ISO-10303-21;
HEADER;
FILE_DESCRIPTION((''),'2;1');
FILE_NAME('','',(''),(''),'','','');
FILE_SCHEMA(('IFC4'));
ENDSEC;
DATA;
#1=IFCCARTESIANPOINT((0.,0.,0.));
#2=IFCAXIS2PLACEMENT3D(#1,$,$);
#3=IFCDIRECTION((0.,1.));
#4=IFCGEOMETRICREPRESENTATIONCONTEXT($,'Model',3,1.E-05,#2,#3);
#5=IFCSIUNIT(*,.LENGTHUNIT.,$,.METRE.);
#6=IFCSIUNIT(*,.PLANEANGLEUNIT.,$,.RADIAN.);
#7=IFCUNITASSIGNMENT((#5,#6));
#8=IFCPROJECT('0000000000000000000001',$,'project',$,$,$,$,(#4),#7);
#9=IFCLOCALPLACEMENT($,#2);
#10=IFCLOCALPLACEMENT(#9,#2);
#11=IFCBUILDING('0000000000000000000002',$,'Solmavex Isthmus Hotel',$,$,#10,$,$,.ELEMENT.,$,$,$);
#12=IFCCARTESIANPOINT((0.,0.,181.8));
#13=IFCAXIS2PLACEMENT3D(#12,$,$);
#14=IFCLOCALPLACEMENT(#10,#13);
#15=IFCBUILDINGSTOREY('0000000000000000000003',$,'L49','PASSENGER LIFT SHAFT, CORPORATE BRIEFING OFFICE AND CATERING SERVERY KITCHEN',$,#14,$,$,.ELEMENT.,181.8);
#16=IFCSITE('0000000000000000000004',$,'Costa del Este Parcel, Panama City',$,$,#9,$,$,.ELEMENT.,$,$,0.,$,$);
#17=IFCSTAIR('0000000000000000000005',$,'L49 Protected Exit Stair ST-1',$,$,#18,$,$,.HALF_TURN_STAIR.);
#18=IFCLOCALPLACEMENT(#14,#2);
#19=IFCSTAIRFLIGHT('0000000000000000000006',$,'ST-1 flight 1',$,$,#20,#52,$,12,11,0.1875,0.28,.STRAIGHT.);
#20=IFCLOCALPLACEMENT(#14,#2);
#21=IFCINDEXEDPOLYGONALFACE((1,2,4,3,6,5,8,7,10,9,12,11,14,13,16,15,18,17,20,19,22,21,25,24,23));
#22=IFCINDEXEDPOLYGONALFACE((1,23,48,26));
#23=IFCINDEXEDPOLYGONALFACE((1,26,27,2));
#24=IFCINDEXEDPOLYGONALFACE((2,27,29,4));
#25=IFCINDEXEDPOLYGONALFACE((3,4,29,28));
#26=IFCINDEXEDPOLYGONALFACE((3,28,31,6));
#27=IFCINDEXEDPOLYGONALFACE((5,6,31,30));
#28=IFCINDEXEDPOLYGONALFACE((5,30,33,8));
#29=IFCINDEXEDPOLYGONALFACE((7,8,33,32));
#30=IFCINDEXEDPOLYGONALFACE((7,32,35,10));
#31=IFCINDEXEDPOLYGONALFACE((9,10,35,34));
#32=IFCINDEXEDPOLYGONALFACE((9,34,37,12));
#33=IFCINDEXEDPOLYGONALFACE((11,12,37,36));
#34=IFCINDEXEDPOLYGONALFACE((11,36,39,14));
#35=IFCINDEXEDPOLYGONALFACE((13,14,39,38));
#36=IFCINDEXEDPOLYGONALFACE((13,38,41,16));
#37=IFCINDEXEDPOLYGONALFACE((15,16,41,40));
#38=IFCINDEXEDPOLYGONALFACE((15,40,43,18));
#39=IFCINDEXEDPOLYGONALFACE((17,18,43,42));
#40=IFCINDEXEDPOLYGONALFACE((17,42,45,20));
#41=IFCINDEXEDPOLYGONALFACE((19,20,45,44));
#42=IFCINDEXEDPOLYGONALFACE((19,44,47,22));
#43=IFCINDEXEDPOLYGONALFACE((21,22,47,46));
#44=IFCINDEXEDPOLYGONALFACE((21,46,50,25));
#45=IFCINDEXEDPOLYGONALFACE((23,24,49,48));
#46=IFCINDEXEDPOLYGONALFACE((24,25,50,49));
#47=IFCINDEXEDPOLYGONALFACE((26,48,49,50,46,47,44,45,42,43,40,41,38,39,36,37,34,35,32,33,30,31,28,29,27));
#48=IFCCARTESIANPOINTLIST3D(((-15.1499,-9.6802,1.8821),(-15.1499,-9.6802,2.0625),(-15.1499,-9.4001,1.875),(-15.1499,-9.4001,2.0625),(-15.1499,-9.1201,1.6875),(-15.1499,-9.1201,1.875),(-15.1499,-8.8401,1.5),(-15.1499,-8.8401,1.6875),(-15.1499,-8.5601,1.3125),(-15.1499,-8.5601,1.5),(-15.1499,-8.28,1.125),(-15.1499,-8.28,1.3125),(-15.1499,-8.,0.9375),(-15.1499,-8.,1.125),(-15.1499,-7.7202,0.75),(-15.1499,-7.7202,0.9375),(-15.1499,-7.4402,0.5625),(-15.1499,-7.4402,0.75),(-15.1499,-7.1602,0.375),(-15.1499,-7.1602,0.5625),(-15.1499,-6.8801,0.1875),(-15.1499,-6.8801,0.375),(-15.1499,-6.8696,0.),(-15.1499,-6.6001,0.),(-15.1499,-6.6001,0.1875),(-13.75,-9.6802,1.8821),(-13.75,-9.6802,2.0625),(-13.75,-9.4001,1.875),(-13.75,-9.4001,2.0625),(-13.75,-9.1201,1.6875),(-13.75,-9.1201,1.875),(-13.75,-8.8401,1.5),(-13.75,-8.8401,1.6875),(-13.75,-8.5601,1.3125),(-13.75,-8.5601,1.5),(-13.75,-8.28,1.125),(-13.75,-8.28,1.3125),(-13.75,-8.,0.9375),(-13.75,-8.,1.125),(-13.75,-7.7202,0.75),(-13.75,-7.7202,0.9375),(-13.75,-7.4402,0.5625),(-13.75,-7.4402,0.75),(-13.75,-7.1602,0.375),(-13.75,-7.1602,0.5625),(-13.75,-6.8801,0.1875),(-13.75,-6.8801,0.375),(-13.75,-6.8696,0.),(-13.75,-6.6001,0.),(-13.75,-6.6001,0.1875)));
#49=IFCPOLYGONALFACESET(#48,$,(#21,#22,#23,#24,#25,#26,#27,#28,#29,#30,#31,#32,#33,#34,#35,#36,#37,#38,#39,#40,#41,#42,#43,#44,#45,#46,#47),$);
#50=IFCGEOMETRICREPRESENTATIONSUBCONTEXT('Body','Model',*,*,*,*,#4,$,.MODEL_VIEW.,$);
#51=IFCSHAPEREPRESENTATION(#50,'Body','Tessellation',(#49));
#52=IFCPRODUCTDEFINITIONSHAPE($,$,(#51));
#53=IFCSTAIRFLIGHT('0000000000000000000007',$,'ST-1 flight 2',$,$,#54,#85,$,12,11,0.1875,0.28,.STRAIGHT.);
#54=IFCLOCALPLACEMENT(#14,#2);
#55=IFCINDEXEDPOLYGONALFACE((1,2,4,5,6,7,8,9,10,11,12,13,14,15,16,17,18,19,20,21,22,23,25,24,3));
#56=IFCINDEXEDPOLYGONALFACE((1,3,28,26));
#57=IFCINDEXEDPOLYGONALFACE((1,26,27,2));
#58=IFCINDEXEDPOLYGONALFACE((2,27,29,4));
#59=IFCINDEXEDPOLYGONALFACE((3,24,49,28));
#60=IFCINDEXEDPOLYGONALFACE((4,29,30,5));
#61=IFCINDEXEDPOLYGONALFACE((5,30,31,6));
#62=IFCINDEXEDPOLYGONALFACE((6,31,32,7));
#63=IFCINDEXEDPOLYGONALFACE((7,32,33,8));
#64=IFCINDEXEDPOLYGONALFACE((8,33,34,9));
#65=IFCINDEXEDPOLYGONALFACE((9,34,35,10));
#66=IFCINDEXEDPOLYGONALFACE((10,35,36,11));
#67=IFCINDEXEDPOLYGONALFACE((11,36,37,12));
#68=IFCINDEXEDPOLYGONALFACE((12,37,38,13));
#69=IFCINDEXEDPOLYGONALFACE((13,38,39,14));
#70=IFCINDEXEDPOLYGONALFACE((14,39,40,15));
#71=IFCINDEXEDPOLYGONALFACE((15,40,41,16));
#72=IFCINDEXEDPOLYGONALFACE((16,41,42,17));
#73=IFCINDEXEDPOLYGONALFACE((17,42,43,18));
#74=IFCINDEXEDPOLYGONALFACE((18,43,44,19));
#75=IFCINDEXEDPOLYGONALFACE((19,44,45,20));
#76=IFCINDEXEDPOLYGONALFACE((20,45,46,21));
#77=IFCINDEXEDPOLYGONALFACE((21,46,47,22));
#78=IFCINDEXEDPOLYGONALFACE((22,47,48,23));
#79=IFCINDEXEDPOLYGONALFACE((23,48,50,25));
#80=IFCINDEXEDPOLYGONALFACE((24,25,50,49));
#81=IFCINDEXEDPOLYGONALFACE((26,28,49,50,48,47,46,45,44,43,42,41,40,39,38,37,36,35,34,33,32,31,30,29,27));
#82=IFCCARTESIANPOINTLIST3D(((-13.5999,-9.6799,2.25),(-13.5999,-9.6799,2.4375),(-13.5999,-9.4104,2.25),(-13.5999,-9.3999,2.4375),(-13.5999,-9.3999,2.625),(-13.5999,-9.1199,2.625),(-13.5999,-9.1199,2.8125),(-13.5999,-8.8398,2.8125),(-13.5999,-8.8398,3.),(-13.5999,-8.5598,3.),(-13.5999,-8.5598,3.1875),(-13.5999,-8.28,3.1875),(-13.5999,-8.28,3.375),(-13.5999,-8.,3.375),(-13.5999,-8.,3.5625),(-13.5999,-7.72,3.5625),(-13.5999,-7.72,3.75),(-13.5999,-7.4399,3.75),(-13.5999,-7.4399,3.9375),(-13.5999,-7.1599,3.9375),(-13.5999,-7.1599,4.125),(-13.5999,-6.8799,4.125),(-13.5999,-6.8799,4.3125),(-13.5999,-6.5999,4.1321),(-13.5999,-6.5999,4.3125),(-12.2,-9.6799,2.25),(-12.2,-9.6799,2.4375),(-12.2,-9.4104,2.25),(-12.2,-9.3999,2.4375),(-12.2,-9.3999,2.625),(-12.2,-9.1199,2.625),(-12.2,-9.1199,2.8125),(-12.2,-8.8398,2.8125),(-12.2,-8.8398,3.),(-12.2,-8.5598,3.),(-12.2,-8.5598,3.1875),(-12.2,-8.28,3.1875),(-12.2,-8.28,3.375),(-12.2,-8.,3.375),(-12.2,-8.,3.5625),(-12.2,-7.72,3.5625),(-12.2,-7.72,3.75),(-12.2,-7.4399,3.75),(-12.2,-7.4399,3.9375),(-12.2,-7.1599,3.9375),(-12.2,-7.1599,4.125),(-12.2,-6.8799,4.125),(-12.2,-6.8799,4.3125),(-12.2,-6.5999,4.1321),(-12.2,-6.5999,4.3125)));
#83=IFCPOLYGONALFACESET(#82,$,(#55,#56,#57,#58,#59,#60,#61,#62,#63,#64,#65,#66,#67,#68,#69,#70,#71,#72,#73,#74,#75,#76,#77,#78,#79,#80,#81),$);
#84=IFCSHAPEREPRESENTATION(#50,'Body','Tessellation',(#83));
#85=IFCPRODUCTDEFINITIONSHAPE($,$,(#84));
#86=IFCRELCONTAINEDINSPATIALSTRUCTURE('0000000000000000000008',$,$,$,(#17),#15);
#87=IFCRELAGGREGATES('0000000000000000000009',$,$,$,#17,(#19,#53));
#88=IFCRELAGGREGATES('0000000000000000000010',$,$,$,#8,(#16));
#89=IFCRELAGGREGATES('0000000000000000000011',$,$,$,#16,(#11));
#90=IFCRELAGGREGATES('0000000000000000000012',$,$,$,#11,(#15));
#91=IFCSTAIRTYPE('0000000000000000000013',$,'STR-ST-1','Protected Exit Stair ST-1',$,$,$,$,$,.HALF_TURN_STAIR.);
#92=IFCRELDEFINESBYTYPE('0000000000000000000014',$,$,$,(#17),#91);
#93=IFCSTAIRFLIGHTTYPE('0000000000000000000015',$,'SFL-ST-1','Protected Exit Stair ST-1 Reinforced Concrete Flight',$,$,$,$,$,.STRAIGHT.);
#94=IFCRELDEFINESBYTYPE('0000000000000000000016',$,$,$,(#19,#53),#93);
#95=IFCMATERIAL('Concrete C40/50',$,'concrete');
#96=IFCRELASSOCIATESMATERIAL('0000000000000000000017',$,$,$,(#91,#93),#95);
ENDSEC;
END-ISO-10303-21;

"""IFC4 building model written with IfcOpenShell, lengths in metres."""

from ifc_helpers import new_model, si_unit, direction, frame, origin, place, context, subcontext, project, spatial, polyline, outline, extrude, material, type_object, element, aggregate, save


model = new_model("IFC4")

# Units and contexts
model_context = context("Model", 3, precision=1e-05, world=origin(), true_north=direction((0.0, 1.0)))
body_context = subcontext(model_context, "Body", "Model", "MODEL_VIEW")
ifc_project = project(units=[si_unit("LENGTHUNIT", "METRE"), si_unit("PLANEANGLEUNIT", "RADIAN")], contexts=[model_context])

# Site, building, storey
site_placement = place(None, origin())
site = spatial("IfcSite", under=ifc_project, at=site_placement, Name="Costa del Este Parcel, Panama City", CompositionType="ELEMENT", RefElevation=0.0)
building_placement = place(site_placement, origin())
building = spatial("IfcBuilding", under=site, at=building_placement, Name="Solmavex Isthmus Hotel", CompositionType="ELEMENT")
storey_placement = place(building_placement, frame((0.0, 0.0, 181.8)))
storey = spatial("IfcBuildingStorey", under=building, at=storey_placement, Name="L49", Description="PASSENGER LIFT SHAFT, CORPORATE BRIEFING OFFICE AND CATERING SERVERY KITCHEN", CompositionType="ELEMENT", Elevation=181.8)

# Shared definitions
ifc_material_1 = material(Name="Concrete C40/50", Category="concrete")

# Stair, stair flights
stair_type = type_object("IfcStairType", Name="STR-ST-1", Description="Protected Exit Stair ST-1", PredefinedType="HALF_TURN_STAIR", material=ifc_material_1)
stair_placement = place(storey_placement, origin())
stair = element("IfcStair", 1, at=stair_placement, inside=storey, type_object=stair_type, Name="L49 Protected Exit Stair ST-1", PredefinedType="HALF_TURN_STAIR")
stair_flight_type = type_object("IfcStairFlightType", Name="SFL-ST-1", Description="Protected Exit Stair ST-1 Reinforced Concrete Flight", PredefinedType="STRAIGHT", material=ifc_material_1)
stair_flight_1_placement = place(storey_placement, frame((-14.45, -6.6001, 0.0), z_axis=(0.0, 0.0, 1.0), x_axis=(0.0, -1.0, 0.0)))
stair_flight_1 = element("IfcStairFlight", 2, at=stair_flight_1_placement, type_object=stair_flight_type, Name="ST-1 flight 1", NumberOfRisers=12, NumberOfTreads=11, PredefinedType="STRAIGHT", RiserHeight=0.1875, TreadLength=0.28, context=body_context, shape_type="SweptSolid", body=[
    extrude(outline(polyline([(0.0, 0.0), (0.0, 0.1875), (0.28, 0.1875), (0.28, 0.375), (0.5601, 0.375), (0.5601, 0.5625), (0.8401, 0.5625), (0.8401, 0.75), (1.1201, 0.75), (1.1201, 0.9375), (1.3999, 0.9375), (1.3999, 1.125), (1.6799, 1.125), (1.6799, 1.3125), (1.96, 1.3125), (1.96, 1.5), (2.24, 1.5), (2.24, 1.6875), (2.52, 1.6875), (2.52, 1.875), (2.8, 1.875), (2.8, 2.0625), (3.0801, 2.0625), (3.0801, 2.25), (3.0801, 1.8821), (0.2695, 0.0), (0.0, 0.0)])), frame((0.0, 0.7, 0.0), z_axis=(0.0, -1.0, 0.0), x_axis=(1.0, 0.0, 0.0)), (0.0, 0.0, 1.0), 1.3999),
])
stair_flight_2_placement = place(storey_placement, frame((-12.8999, -9.6799, 2.25), z_axis=(0.0, 0.0, 1.0), x_axis=(0.0, 1.0, 0.0)))
stair_flight_2 = element("IfcStairFlight", 3, at=stair_flight_2_placement, type_object=stair_flight_type, Name="ST-1 flight 2", NumberOfRisers=12, NumberOfTreads=11, PredefinedType="STRAIGHT", RiserHeight=0.1875, TreadLength=0.28, context=body_context, shape_type="SweptSolid", body=[
    extrude(outline(polyline([(0.0, 0.0), (0.0, 0.1875), (0.28, 0.1875), (0.28, 0.375), (0.5601, 0.375), (0.5601, 0.5625), (0.8401, 0.5625), (0.8401, 0.75), (1.1201, 0.75), (1.1201, 0.9375), (1.3999, 0.9375), (1.3999, 1.125), (1.6799, 1.125), (1.6799, 1.3125), (1.96, 1.3125), (1.96, 1.5), (2.24, 1.5), (2.24, 1.6875), (2.52, 1.6875), (2.52, 1.875), (2.8, 1.875), (2.8, 2.0625), (3.0801, 2.0625), (3.0801, 2.25), (3.0801, 1.8821), (0.2695, 0.0), (0.0, 0.0)])), frame((0.0, 0.7, 0.0), z_axis=(0.0, -1.0, 0.0), x_axis=(1.0, 0.0, 0.0)), (0.0, 0.0, 1.0), 1.3999),
])
aggregate(stair, [stair_flight_1, stair_flight_2])

save(model, "model.ifc")
